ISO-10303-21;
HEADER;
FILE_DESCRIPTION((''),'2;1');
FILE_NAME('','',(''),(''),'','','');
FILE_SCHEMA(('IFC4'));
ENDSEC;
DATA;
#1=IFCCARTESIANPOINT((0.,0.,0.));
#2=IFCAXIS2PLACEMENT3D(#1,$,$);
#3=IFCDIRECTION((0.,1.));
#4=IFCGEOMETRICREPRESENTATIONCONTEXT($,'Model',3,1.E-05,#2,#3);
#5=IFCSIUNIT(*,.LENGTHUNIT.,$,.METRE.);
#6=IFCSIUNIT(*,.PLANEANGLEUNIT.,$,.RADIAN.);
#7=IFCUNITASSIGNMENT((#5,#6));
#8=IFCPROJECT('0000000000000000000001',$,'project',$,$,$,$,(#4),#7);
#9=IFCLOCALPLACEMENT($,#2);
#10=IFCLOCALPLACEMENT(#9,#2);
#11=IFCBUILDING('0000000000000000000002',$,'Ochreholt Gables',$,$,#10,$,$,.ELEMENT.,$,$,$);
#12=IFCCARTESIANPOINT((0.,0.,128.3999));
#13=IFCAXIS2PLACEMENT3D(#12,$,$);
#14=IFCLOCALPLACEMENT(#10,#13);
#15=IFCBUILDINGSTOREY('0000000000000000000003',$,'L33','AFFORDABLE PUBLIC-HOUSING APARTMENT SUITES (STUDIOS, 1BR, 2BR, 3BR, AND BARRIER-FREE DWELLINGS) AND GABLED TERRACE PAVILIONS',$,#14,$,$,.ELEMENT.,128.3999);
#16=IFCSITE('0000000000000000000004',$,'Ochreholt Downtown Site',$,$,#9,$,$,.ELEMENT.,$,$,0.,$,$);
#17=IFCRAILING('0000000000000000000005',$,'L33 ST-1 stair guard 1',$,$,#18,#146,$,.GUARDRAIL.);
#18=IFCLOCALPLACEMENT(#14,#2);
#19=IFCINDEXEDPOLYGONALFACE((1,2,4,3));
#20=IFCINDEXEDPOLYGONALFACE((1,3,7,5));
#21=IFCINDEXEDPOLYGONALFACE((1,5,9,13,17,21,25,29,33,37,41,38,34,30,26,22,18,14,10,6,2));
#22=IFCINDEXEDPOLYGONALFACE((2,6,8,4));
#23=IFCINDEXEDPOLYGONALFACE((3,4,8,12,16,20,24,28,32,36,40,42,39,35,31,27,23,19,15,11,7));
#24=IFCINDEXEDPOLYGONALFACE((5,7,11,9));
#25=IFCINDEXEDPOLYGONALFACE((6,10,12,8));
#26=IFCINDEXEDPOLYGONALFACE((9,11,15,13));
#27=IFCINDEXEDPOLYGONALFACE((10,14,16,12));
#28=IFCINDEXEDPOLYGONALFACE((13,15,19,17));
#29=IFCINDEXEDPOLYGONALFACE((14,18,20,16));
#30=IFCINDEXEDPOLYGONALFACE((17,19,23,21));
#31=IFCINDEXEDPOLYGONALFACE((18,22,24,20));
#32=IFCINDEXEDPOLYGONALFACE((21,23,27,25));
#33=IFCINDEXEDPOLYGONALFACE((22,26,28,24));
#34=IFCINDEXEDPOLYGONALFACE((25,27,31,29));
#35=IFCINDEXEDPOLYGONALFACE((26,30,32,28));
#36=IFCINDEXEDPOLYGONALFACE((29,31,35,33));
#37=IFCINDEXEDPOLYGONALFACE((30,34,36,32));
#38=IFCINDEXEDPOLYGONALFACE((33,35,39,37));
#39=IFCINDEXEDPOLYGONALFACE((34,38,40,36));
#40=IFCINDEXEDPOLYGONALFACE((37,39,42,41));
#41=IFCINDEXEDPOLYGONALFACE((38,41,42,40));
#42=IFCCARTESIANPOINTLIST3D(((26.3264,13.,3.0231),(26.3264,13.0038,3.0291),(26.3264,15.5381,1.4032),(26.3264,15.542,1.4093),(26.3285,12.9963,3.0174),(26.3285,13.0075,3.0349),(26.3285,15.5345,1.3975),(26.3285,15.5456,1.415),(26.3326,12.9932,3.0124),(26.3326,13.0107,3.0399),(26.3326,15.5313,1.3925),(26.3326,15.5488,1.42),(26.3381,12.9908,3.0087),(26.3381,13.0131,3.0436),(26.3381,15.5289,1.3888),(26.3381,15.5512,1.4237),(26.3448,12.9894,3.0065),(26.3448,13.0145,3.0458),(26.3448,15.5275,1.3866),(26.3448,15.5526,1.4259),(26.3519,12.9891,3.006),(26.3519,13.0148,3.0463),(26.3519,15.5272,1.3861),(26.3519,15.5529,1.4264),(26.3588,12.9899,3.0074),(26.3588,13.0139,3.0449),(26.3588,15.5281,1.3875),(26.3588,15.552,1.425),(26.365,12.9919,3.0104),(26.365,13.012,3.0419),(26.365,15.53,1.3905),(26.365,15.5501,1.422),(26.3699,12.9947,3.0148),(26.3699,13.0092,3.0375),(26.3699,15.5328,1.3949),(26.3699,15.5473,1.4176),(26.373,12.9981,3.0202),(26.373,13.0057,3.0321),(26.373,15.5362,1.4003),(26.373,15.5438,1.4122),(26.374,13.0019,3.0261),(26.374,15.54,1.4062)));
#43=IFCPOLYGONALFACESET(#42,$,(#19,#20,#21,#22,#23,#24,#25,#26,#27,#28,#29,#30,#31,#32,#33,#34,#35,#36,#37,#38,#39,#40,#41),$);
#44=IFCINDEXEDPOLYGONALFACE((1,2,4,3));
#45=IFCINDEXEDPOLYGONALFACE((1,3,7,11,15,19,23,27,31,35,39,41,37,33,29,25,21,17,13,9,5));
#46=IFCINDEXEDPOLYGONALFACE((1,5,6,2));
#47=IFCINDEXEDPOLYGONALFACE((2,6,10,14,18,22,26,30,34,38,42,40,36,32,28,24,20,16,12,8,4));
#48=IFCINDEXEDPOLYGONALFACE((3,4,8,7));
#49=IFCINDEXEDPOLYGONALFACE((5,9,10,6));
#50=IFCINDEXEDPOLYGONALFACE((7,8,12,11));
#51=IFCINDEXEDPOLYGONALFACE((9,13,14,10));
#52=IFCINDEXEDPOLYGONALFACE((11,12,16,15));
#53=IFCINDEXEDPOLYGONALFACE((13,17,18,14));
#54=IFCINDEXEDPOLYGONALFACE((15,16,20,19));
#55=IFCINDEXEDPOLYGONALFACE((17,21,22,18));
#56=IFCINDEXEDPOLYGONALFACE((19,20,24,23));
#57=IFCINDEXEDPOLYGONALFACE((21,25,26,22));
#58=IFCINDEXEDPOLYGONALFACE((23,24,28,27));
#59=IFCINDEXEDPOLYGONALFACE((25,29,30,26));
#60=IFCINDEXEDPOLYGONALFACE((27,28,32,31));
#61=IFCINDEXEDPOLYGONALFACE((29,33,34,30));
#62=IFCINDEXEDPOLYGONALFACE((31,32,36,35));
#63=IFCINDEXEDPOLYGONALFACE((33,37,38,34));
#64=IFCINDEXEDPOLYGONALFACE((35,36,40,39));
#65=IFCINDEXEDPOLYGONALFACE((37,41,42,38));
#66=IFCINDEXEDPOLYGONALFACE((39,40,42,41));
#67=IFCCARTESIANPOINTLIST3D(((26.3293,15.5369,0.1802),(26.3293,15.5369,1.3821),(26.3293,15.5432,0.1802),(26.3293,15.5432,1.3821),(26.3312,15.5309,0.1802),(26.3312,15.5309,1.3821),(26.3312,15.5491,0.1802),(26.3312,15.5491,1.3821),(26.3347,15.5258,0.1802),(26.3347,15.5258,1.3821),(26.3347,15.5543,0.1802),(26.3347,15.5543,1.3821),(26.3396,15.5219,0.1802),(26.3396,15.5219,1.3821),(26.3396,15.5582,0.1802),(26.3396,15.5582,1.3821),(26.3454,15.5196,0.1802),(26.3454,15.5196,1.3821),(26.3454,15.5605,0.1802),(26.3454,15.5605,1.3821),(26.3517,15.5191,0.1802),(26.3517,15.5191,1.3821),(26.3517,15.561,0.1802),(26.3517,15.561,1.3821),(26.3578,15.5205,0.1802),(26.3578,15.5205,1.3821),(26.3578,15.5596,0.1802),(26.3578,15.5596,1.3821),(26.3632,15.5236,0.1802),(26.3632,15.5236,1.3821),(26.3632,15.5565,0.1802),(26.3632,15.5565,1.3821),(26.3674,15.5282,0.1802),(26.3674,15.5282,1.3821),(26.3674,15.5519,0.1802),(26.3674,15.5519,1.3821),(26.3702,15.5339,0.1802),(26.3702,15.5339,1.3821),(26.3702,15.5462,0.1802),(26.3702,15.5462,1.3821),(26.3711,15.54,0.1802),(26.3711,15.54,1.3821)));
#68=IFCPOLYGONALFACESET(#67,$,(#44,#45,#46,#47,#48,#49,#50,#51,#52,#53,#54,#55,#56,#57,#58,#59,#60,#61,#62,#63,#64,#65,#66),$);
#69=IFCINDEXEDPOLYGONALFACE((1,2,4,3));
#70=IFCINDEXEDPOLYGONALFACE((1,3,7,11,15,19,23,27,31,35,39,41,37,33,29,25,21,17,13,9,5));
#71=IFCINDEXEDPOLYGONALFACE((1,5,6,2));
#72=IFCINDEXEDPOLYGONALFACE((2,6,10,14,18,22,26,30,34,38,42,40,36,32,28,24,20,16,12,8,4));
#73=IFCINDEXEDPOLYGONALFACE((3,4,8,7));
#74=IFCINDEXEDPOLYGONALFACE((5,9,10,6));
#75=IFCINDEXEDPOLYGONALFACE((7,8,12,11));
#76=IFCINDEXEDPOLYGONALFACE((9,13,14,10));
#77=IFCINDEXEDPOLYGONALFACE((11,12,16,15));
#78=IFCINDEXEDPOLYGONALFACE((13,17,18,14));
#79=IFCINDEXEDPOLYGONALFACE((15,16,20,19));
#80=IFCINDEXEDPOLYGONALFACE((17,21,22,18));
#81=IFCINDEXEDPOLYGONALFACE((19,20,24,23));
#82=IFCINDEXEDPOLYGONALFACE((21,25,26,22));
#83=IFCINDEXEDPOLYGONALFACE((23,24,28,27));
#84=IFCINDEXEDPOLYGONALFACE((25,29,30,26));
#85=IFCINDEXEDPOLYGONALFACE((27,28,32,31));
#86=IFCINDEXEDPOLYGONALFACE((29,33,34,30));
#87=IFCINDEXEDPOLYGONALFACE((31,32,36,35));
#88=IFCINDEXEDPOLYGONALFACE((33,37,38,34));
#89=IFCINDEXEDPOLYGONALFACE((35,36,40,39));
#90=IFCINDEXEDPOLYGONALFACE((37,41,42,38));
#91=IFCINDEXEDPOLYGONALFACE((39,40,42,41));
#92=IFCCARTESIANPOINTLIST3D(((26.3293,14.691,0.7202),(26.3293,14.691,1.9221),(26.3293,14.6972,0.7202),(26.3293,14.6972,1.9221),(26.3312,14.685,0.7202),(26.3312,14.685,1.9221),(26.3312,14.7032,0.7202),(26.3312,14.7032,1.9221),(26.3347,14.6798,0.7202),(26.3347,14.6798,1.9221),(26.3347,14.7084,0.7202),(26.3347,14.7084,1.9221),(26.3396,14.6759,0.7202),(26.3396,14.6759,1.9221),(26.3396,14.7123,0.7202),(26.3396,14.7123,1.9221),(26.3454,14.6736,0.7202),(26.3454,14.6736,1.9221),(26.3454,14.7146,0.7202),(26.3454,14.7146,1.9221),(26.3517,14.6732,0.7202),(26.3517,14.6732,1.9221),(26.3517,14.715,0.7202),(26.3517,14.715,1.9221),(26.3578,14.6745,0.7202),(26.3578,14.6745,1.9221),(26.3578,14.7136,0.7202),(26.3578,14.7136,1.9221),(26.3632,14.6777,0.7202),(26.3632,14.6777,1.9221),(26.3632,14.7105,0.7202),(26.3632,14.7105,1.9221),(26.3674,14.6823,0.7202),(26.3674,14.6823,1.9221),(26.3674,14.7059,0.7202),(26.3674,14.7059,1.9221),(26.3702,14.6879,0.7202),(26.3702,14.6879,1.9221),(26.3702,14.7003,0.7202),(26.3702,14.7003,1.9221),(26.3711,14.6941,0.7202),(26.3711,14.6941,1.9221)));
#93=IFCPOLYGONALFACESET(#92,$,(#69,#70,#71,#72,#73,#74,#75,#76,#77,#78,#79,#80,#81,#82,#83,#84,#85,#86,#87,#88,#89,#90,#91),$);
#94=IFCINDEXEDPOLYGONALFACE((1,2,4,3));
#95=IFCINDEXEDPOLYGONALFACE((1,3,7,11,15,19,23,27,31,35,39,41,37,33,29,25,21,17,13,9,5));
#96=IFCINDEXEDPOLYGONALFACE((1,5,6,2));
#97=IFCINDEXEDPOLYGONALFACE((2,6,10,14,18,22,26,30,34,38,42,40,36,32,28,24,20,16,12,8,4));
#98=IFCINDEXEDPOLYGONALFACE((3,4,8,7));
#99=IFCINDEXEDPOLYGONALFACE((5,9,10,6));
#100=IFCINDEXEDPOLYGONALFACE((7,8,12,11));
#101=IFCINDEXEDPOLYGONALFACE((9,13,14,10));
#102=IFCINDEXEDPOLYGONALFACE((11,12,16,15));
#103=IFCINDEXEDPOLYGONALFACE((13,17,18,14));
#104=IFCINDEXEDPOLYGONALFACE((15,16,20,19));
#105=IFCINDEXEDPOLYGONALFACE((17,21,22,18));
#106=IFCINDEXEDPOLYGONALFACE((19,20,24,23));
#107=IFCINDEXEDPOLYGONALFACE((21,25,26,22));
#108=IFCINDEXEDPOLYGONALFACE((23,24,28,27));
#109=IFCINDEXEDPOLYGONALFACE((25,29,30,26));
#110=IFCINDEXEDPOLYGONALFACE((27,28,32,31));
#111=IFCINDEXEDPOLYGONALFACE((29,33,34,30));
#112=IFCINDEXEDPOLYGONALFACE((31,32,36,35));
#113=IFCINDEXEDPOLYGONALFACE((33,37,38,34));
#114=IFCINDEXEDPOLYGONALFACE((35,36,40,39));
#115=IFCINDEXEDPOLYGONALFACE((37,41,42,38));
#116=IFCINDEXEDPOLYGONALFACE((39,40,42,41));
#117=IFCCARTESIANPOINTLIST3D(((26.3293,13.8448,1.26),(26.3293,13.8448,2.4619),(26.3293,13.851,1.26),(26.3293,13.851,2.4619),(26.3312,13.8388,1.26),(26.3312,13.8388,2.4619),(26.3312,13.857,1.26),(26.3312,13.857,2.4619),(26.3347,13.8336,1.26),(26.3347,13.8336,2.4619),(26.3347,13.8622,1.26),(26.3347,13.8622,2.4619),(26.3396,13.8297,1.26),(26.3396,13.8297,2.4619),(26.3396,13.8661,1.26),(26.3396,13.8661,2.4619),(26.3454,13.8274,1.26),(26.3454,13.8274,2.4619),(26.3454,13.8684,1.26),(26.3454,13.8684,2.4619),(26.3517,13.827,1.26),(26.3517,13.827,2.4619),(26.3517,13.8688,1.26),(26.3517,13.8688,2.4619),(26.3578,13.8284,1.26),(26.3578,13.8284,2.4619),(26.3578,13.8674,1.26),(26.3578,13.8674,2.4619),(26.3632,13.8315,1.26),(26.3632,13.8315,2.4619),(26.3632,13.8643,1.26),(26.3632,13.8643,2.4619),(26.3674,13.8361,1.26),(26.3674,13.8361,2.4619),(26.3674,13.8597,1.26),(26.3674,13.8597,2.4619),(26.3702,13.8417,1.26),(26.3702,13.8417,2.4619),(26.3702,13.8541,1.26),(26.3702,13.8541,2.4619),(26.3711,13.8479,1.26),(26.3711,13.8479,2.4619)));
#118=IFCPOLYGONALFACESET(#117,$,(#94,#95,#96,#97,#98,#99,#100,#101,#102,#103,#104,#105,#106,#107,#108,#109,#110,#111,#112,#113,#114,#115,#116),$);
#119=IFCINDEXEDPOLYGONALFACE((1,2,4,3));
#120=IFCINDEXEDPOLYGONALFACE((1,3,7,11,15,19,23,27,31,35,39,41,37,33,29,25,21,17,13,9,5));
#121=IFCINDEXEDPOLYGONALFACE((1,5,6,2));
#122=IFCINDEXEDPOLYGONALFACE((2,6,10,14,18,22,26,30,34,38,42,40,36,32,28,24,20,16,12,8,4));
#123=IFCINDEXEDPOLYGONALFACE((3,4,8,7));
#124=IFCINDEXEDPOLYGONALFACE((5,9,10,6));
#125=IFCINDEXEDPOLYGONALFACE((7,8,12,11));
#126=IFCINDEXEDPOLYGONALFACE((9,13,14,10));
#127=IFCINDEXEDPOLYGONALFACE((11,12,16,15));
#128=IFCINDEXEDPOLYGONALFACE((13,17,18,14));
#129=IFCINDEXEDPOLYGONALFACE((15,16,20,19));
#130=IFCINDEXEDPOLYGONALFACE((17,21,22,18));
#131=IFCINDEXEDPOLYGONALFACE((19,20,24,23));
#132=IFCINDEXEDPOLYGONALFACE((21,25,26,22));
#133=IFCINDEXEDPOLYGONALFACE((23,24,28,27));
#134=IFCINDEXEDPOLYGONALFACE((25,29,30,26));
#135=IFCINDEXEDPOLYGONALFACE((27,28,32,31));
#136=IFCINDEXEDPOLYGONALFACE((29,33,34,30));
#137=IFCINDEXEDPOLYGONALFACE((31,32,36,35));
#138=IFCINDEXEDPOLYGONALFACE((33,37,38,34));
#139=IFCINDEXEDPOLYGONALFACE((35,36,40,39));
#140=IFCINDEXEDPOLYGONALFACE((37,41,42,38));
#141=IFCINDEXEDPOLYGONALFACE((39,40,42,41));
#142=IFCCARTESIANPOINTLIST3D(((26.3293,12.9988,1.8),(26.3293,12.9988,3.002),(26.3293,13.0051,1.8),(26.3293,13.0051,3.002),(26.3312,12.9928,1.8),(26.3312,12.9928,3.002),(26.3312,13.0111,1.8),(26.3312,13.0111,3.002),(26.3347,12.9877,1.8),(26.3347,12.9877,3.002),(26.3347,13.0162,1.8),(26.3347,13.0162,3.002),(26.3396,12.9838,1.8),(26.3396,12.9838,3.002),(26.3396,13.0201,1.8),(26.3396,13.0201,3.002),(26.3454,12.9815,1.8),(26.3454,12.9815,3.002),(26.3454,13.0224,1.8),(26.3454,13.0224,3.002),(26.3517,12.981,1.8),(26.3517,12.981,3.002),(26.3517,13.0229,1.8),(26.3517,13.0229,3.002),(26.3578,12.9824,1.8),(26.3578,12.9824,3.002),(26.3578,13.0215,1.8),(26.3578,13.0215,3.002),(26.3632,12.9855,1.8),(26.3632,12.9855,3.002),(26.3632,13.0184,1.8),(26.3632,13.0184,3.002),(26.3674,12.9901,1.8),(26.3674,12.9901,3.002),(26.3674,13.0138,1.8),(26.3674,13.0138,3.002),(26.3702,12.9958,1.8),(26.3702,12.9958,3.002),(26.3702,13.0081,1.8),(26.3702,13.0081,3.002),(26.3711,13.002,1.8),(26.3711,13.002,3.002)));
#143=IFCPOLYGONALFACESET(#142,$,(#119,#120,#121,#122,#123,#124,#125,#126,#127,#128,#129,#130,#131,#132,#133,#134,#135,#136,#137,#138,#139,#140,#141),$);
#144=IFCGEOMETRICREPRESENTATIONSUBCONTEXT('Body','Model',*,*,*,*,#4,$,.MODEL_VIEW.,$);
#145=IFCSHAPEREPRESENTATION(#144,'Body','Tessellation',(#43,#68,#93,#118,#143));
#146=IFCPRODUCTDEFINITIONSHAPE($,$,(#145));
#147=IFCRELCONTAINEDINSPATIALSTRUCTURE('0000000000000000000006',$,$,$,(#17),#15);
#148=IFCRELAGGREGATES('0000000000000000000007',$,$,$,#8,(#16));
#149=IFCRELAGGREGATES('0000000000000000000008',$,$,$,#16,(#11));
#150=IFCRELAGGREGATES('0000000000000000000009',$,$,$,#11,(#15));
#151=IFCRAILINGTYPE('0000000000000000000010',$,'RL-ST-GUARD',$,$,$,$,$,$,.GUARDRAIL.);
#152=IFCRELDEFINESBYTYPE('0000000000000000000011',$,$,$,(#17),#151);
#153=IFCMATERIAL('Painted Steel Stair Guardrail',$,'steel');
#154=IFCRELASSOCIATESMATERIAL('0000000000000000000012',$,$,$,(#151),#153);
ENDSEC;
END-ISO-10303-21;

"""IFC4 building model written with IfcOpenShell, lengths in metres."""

from ifc_helpers import new_model, si_unit, direction, frame, origin, origin_2d, place, context, subcontext, project, spatial, circle, extrude, material, type_object, element, save


model = new_model("IFC4")

# Units and contexts
model_context = context("Model", 3, precision=1e-05, world=origin(), true_north=direction((0.0, 1.0)))
body_context = subcontext(model_context, "Body", "Model", "MODEL_VIEW")
ifc_project = project(units=[si_unit("LENGTHUNIT", "METRE"), si_unit("PLANEANGLEUNIT", "RADIAN")], contexts=[model_context])

# Site, building, storey
site_placement = place(None, origin())
site = spatial("IfcSite", under=ifc_project, at=site_placement, Name="Ochreholt Downtown Site", CompositionType="ELEMENT", RefElevation=0.0)
building_placement = place(site_placement, origin())
building = spatial("IfcBuilding", under=site, at=building_placement, Name="Ochreholt Gables", CompositionType="ELEMENT")
storey_placement = place(building_placement, frame((0.0, 0.0, 128.3999)))
storey = spatial("IfcBuildingStorey", under=building, at=storey_placement, Name="L33", Description="AFFORDABLE PUBLIC-HOUSING APARTMENT SUITES (STUDIOS, 1BR, 2BR, 3BR, AND BARRIER-FREE DWELLINGS) AND GABLED TERRACE PAVILIONS", CompositionType="ELEMENT", Elevation=128.3999)

# Railing
ifc_material_1 = material(Name="Painted Steel Stair Guardrail", Category="steel")
railing_type_1 = type_object("IfcRailingType", Name="RL-ST-GUARD", PredefinedType="GUARDRAIL", material=ifc_material_1)
railing_1_placement = place(storey_placement, frame((26.3501, 15.54, 0.1802)))
element("IfcRailing", 1, at=railing_1_placement, inside=storey, type_object=railing_type_1, Name="L33 ST-1 stair guard 1", PredefinedType="GUARDRAIL", context=body_context, shape_type="SweptSolid", body=[
    extrude(circle(Radius=0.0239, at=origin_2d()), frame((0.0, 0.0, 1.2261), z_axis=(0.0, -0.84295, 0.537993), x_axis=(1.0, 0.0, 0.0)), (0.0, 0.0, 1.0), 3.011),
    extrude(circle(Radius=0.021, at=origin_2d()), origin(), (0.0, 0.0, 1.0), 1.2019),
    extrude(circle(Radius=0.021, at=origin_2d()), frame((0.0, -0.8459, 0.54)), (0.0, 0.0, 1.0), 1.2019),
    extrude(circle(Radius=0.021, at=origin_2d()), frame((0.0, -1.6921, 1.0798)), (0.0, 0.0, 1.0), 1.2019),
    extrude(circle(Radius=0.021, at=origin_2d()), frame((0.0, -2.5381, 1.6199)), (0.0, 0.0, 1.0), 1.2019),
])

save(model, "model.ifc")
